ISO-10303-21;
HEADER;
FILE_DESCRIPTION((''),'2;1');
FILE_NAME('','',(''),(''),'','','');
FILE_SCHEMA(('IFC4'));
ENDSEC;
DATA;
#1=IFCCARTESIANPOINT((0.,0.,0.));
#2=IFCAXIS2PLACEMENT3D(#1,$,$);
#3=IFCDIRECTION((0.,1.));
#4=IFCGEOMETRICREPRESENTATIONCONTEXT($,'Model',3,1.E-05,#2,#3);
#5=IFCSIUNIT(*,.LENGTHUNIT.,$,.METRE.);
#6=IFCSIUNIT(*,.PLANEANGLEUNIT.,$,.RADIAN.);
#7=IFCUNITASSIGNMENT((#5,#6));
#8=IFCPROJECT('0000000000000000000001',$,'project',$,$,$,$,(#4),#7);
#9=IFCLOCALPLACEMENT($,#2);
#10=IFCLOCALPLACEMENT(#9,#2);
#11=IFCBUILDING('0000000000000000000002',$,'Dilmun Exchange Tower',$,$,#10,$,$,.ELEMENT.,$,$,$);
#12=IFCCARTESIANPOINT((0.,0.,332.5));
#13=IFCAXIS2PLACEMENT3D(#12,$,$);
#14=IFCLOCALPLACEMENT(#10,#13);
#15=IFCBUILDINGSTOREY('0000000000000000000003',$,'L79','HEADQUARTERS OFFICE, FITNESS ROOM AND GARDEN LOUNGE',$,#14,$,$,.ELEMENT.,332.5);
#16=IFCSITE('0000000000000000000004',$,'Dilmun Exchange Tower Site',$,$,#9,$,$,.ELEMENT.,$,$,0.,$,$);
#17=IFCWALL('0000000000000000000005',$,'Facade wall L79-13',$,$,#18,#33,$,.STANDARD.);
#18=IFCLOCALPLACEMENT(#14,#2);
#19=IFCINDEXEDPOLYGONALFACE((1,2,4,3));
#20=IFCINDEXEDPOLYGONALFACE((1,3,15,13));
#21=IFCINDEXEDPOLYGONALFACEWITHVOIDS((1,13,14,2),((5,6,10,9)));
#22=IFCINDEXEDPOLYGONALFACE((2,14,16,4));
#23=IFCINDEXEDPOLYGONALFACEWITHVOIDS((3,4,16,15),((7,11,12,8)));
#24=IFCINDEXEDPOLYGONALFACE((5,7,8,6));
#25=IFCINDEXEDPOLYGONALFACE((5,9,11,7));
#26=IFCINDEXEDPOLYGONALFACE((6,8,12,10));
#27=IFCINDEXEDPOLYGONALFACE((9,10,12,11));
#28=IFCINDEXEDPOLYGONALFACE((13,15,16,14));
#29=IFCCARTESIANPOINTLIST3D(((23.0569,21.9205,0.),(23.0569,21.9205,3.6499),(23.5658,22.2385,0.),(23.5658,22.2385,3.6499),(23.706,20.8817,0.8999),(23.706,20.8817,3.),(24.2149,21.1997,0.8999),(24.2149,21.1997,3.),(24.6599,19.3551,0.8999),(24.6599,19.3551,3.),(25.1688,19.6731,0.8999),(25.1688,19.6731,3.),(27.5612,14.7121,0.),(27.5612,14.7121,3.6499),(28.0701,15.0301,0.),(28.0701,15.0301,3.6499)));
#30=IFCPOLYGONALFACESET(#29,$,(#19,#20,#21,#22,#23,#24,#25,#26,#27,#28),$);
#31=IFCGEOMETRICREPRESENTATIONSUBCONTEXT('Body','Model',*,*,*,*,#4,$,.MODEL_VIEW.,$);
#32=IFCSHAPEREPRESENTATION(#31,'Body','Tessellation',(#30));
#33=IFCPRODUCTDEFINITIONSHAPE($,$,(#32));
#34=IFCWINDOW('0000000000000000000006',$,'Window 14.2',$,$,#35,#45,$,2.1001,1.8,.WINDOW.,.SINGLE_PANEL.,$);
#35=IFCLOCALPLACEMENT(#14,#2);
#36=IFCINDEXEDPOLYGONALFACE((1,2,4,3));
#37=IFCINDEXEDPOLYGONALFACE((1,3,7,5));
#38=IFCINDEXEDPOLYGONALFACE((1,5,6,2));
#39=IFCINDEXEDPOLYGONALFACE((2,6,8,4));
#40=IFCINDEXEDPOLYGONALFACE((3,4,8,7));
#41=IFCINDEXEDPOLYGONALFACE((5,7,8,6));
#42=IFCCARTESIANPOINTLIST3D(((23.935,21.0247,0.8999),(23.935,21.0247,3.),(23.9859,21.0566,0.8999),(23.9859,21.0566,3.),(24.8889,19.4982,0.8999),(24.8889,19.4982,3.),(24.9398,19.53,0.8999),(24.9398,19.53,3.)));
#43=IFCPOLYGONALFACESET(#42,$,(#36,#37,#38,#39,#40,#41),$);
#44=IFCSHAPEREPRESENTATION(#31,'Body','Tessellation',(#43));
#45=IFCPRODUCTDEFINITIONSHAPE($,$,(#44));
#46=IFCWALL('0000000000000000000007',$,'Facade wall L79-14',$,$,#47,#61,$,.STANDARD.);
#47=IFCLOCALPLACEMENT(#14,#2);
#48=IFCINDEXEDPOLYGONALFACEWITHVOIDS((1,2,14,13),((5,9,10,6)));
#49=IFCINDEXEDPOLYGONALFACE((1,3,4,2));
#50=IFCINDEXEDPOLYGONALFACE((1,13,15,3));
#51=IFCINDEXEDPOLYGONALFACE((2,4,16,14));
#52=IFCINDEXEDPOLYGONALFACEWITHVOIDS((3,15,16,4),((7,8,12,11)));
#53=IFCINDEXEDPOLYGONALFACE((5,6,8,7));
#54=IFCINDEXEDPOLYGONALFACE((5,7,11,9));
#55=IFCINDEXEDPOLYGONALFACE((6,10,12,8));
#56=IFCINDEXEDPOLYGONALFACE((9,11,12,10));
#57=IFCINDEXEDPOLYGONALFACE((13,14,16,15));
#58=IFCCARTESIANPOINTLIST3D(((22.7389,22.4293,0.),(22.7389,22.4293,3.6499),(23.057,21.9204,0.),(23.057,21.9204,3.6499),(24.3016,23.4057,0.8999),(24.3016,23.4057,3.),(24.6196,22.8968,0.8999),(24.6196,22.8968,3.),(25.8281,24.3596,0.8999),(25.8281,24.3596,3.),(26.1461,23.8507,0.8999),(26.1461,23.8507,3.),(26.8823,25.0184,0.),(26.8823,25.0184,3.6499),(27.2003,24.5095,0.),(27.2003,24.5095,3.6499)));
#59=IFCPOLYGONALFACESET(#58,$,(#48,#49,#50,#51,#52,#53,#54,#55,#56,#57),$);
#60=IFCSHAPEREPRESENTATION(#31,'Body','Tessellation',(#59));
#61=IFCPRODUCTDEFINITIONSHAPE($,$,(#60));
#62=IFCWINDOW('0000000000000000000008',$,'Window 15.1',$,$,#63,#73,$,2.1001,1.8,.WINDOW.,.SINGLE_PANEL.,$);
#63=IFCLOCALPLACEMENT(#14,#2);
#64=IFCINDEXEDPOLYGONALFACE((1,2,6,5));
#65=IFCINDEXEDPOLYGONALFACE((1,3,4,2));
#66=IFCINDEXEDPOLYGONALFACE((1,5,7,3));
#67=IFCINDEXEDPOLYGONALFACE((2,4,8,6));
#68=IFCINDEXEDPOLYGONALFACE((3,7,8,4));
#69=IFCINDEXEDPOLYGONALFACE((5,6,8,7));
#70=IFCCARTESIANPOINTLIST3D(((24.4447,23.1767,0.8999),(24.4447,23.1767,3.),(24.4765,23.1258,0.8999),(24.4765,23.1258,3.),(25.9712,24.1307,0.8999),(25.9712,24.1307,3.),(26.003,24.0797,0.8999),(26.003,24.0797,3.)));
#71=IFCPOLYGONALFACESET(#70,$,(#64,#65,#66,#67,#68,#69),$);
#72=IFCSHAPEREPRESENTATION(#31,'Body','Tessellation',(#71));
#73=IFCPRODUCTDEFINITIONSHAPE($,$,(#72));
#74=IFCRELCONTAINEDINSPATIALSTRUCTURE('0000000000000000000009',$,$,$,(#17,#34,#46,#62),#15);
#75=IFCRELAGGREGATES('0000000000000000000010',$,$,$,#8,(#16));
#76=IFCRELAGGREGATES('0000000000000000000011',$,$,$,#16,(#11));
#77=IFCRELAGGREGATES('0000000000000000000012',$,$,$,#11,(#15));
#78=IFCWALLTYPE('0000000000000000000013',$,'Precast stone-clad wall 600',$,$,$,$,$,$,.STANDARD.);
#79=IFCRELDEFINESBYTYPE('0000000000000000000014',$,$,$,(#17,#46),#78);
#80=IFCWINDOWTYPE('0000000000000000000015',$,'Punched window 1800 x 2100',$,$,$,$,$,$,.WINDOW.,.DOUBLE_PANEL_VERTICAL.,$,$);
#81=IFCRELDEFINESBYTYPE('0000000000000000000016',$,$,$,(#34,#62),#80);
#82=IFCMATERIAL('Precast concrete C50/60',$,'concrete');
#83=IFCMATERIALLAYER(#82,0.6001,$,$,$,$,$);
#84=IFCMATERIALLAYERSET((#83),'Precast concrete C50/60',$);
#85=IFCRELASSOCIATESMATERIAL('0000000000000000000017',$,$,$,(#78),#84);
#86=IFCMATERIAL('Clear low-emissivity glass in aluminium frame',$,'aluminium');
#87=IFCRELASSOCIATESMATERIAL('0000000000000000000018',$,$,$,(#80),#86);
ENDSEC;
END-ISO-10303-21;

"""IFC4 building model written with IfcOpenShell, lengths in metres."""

from ifc_helpers import new_model, si_unit, direction, frame, frame_2d, origin, place, context, subcontext, project, spatial, rectangle, extrude, material, layer, layer_set, type_object, element, fill, save


model = new_model("IFC4")

# Units and contexts
model_context = context("Model", 3, precision=1e-05, world=origin(), true_north=direction((0.0, 1.0)))
body_context = subcontext(model_context, "Body", "Model", "MODEL_VIEW")
ifc_project = project(units=[si_unit("LENGTHUNIT", "METRE"), si_unit("PLANEANGLEUNIT", "RADIAN")], contexts=[model_context])

# Site, building, storey
site_placement = place(None, origin())
site = spatial("IfcSite", under=ifc_project, at=site_placement, Name="Dilmun Exchange Tower Site", CompositionType="ELEMENT", RefElevation=0.0)
building_placement = place(site_placement, origin())
building = spatial("IfcBuilding", under=site, at=building_placement, Name="Dilmun Exchange Tower", CompositionType="ELEMENT")
storey_placement = place(building_placement, frame((0.0, 0.0, 332.5)))
storey = spatial("IfcBuildingStorey", under=building, at=storey_placement, Name="L79", Description="HEADQUARTERS OFFICE, FITNESS ROOM AND GARDEN LOUNGE", CompositionType="ELEMENT", Elevation=332.5)

# Walls, openings, windows
ifc_material_1 = material(Name="Precast concrete C50/60", Category="concrete")
ifc_layer_1 = layer(ifc_material_1, 0.6001)
ifc_layer_set_1 = layer_set([ifc_layer_1], Name="Precast concrete C50/60")
wall_type_1 = type_object("IfcWallType", Name="Precast stone-clad wall 600", PredefinedType="STANDARD", material=ifc_layer_set_1)
ifc_material_2 = material(Name="Clear low-emissivity glass in aluminium frame", Category="aluminium")
window_type_1 = type_object("IfcWindowType", Name="Punched window 1800 x 2100", PartitioningType="DOUBLE_PANEL_VERTICAL", PredefinedType="WINDOW", material=ifc_material_2)
wall_1_placement = place(storey_placement, frame((27.8157, 14.8711, 0.0), z_axis=(0.0, 0.0, 1.0), x_axis=(-0.529921, 0.848047, 0.0)))
wall_1 = element("IfcWall", 1, at=wall_1_placement, inside=storey, type_object=wall_type_1, Name="Facade wall L79-13", PredefinedType="STANDARD", context=body_context, shape_type="SweptSolid", body=[
    extrude(rectangle(XDim=8.5, YDim=0.6001, at=frame_2d((4.25, 0.0))), origin(), (0.0, 0.0, 1.0), 3.6499),
])
opening_1_placement = place(wall_1_placement, frame((5.4751, 0.0, 0.8999)))
opening_1 = element("IfcOpeningElement", 2, at=opening_1_placement, cuts=wall_1, PredefinedType="OPENING", context=body_context, shape_type="SweptSolid", body=[
    extrude(rectangle(XDim=1.8, YDim=2.1001, at=frame_2d((0.8999, 1.05))), frame((0.0, 0.3101, 0.0), z_axis=(0.0, -1.0, 0.0), x_axis=(1.0, 0.0, 0.0)), (0.0, 0.0, 1.0), 0.6201),
])
window_1_placement = place(opening_1_placement, origin())
window_1 = element("IfcWindow", 3, at=window_1_placement, inside=storey, type_object=window_type_1, Name="Window 14.2", OverallHeight=2.1001, OverallWidth=1.8, PartitioningType="SINGLE_PANEL", PredefinedType="WINDOW", context=body_context, shape_type="SweptSolid", body=[
    extrude(rectangle(XDim=1.8, YDim=2.1001, at=frame_2d((0.8999, 1.05))), frame((0.0, 0.03, 0.0), z_axis=(0.0, -1.0, 0.0), x_axis=(1.0, 0.0, 0.0)), (0.0, 0.0, 1.0), 0.0601),
])
fill(opening_1, window_1)
wall_2_placement = place(storey_placement, frame((22.8979, 22.1748, 0.0), z_axis=(0.0, 0.0, 1.0), x_axis=(0.84804, 0.529932, 0.0)))
wall_2 = element("IfcWall", 4, at=wall_2_placement, inside=storey, type_object=wall_type_1, Name="Facade wall L79-14", PredefinedType="STANDARD", context=body_context, shape_type="SweptSolid", body=[
    extrude(rectangle(XDim=4.8857, YDim=0.6001, at=frame_2d((2.4429, 0.0))), origin(), (0.0, 0.0, 1.0), 3.6499),
])
opening_2_placement = place(wall_2_placement, frame((1.8428, 0.0, 0.8999)))
opening_2 = element("IfcOpeningElement", 5, at=opening_2_placement, cuts=wall_2, PredefinedType="OPENING", context=body_context, shape_type="SweptSolid", body=[
    extrude(rectangle(XDim=1.8, YDim=2.1001, at=frame_2d((0.8999, 1.05))), frame((0.0, 0.3101, 0.0), z_axis=(0.0, -1.0, 0.0), x_axis=(1.0, 0.0, 0.0)), (0.0, 0.0, 1.0), 0.6201),
])
window_2_placement = place(opening_2_placement, origin())
window_2 = element("IfcWindow", 6, at=window_2_placement, inside=storey, type_object=window_type_1, Name="Window 15.1", OverallHeight=2.1001, OverallWidth=1.8, PartitioningType="SINGLE_PANEL", PredefinedType="WINDOW", context=body_context, shape_type="SweptSolid", body=[
    extrude(rectangle(XDim=1.8, YDim=2.1001, at=frame_2d((0.8999, 1.05))), frame((0.0, 0.03, 0.0), z_axis=(0.0, -1.0, 0.0), x_axis=(1.0, 0.0, 0.0)), (0.0, 0.0, 1.0), 0.0601),
])
fill(opening_2, window_2)

save(model, "model.ifc")
